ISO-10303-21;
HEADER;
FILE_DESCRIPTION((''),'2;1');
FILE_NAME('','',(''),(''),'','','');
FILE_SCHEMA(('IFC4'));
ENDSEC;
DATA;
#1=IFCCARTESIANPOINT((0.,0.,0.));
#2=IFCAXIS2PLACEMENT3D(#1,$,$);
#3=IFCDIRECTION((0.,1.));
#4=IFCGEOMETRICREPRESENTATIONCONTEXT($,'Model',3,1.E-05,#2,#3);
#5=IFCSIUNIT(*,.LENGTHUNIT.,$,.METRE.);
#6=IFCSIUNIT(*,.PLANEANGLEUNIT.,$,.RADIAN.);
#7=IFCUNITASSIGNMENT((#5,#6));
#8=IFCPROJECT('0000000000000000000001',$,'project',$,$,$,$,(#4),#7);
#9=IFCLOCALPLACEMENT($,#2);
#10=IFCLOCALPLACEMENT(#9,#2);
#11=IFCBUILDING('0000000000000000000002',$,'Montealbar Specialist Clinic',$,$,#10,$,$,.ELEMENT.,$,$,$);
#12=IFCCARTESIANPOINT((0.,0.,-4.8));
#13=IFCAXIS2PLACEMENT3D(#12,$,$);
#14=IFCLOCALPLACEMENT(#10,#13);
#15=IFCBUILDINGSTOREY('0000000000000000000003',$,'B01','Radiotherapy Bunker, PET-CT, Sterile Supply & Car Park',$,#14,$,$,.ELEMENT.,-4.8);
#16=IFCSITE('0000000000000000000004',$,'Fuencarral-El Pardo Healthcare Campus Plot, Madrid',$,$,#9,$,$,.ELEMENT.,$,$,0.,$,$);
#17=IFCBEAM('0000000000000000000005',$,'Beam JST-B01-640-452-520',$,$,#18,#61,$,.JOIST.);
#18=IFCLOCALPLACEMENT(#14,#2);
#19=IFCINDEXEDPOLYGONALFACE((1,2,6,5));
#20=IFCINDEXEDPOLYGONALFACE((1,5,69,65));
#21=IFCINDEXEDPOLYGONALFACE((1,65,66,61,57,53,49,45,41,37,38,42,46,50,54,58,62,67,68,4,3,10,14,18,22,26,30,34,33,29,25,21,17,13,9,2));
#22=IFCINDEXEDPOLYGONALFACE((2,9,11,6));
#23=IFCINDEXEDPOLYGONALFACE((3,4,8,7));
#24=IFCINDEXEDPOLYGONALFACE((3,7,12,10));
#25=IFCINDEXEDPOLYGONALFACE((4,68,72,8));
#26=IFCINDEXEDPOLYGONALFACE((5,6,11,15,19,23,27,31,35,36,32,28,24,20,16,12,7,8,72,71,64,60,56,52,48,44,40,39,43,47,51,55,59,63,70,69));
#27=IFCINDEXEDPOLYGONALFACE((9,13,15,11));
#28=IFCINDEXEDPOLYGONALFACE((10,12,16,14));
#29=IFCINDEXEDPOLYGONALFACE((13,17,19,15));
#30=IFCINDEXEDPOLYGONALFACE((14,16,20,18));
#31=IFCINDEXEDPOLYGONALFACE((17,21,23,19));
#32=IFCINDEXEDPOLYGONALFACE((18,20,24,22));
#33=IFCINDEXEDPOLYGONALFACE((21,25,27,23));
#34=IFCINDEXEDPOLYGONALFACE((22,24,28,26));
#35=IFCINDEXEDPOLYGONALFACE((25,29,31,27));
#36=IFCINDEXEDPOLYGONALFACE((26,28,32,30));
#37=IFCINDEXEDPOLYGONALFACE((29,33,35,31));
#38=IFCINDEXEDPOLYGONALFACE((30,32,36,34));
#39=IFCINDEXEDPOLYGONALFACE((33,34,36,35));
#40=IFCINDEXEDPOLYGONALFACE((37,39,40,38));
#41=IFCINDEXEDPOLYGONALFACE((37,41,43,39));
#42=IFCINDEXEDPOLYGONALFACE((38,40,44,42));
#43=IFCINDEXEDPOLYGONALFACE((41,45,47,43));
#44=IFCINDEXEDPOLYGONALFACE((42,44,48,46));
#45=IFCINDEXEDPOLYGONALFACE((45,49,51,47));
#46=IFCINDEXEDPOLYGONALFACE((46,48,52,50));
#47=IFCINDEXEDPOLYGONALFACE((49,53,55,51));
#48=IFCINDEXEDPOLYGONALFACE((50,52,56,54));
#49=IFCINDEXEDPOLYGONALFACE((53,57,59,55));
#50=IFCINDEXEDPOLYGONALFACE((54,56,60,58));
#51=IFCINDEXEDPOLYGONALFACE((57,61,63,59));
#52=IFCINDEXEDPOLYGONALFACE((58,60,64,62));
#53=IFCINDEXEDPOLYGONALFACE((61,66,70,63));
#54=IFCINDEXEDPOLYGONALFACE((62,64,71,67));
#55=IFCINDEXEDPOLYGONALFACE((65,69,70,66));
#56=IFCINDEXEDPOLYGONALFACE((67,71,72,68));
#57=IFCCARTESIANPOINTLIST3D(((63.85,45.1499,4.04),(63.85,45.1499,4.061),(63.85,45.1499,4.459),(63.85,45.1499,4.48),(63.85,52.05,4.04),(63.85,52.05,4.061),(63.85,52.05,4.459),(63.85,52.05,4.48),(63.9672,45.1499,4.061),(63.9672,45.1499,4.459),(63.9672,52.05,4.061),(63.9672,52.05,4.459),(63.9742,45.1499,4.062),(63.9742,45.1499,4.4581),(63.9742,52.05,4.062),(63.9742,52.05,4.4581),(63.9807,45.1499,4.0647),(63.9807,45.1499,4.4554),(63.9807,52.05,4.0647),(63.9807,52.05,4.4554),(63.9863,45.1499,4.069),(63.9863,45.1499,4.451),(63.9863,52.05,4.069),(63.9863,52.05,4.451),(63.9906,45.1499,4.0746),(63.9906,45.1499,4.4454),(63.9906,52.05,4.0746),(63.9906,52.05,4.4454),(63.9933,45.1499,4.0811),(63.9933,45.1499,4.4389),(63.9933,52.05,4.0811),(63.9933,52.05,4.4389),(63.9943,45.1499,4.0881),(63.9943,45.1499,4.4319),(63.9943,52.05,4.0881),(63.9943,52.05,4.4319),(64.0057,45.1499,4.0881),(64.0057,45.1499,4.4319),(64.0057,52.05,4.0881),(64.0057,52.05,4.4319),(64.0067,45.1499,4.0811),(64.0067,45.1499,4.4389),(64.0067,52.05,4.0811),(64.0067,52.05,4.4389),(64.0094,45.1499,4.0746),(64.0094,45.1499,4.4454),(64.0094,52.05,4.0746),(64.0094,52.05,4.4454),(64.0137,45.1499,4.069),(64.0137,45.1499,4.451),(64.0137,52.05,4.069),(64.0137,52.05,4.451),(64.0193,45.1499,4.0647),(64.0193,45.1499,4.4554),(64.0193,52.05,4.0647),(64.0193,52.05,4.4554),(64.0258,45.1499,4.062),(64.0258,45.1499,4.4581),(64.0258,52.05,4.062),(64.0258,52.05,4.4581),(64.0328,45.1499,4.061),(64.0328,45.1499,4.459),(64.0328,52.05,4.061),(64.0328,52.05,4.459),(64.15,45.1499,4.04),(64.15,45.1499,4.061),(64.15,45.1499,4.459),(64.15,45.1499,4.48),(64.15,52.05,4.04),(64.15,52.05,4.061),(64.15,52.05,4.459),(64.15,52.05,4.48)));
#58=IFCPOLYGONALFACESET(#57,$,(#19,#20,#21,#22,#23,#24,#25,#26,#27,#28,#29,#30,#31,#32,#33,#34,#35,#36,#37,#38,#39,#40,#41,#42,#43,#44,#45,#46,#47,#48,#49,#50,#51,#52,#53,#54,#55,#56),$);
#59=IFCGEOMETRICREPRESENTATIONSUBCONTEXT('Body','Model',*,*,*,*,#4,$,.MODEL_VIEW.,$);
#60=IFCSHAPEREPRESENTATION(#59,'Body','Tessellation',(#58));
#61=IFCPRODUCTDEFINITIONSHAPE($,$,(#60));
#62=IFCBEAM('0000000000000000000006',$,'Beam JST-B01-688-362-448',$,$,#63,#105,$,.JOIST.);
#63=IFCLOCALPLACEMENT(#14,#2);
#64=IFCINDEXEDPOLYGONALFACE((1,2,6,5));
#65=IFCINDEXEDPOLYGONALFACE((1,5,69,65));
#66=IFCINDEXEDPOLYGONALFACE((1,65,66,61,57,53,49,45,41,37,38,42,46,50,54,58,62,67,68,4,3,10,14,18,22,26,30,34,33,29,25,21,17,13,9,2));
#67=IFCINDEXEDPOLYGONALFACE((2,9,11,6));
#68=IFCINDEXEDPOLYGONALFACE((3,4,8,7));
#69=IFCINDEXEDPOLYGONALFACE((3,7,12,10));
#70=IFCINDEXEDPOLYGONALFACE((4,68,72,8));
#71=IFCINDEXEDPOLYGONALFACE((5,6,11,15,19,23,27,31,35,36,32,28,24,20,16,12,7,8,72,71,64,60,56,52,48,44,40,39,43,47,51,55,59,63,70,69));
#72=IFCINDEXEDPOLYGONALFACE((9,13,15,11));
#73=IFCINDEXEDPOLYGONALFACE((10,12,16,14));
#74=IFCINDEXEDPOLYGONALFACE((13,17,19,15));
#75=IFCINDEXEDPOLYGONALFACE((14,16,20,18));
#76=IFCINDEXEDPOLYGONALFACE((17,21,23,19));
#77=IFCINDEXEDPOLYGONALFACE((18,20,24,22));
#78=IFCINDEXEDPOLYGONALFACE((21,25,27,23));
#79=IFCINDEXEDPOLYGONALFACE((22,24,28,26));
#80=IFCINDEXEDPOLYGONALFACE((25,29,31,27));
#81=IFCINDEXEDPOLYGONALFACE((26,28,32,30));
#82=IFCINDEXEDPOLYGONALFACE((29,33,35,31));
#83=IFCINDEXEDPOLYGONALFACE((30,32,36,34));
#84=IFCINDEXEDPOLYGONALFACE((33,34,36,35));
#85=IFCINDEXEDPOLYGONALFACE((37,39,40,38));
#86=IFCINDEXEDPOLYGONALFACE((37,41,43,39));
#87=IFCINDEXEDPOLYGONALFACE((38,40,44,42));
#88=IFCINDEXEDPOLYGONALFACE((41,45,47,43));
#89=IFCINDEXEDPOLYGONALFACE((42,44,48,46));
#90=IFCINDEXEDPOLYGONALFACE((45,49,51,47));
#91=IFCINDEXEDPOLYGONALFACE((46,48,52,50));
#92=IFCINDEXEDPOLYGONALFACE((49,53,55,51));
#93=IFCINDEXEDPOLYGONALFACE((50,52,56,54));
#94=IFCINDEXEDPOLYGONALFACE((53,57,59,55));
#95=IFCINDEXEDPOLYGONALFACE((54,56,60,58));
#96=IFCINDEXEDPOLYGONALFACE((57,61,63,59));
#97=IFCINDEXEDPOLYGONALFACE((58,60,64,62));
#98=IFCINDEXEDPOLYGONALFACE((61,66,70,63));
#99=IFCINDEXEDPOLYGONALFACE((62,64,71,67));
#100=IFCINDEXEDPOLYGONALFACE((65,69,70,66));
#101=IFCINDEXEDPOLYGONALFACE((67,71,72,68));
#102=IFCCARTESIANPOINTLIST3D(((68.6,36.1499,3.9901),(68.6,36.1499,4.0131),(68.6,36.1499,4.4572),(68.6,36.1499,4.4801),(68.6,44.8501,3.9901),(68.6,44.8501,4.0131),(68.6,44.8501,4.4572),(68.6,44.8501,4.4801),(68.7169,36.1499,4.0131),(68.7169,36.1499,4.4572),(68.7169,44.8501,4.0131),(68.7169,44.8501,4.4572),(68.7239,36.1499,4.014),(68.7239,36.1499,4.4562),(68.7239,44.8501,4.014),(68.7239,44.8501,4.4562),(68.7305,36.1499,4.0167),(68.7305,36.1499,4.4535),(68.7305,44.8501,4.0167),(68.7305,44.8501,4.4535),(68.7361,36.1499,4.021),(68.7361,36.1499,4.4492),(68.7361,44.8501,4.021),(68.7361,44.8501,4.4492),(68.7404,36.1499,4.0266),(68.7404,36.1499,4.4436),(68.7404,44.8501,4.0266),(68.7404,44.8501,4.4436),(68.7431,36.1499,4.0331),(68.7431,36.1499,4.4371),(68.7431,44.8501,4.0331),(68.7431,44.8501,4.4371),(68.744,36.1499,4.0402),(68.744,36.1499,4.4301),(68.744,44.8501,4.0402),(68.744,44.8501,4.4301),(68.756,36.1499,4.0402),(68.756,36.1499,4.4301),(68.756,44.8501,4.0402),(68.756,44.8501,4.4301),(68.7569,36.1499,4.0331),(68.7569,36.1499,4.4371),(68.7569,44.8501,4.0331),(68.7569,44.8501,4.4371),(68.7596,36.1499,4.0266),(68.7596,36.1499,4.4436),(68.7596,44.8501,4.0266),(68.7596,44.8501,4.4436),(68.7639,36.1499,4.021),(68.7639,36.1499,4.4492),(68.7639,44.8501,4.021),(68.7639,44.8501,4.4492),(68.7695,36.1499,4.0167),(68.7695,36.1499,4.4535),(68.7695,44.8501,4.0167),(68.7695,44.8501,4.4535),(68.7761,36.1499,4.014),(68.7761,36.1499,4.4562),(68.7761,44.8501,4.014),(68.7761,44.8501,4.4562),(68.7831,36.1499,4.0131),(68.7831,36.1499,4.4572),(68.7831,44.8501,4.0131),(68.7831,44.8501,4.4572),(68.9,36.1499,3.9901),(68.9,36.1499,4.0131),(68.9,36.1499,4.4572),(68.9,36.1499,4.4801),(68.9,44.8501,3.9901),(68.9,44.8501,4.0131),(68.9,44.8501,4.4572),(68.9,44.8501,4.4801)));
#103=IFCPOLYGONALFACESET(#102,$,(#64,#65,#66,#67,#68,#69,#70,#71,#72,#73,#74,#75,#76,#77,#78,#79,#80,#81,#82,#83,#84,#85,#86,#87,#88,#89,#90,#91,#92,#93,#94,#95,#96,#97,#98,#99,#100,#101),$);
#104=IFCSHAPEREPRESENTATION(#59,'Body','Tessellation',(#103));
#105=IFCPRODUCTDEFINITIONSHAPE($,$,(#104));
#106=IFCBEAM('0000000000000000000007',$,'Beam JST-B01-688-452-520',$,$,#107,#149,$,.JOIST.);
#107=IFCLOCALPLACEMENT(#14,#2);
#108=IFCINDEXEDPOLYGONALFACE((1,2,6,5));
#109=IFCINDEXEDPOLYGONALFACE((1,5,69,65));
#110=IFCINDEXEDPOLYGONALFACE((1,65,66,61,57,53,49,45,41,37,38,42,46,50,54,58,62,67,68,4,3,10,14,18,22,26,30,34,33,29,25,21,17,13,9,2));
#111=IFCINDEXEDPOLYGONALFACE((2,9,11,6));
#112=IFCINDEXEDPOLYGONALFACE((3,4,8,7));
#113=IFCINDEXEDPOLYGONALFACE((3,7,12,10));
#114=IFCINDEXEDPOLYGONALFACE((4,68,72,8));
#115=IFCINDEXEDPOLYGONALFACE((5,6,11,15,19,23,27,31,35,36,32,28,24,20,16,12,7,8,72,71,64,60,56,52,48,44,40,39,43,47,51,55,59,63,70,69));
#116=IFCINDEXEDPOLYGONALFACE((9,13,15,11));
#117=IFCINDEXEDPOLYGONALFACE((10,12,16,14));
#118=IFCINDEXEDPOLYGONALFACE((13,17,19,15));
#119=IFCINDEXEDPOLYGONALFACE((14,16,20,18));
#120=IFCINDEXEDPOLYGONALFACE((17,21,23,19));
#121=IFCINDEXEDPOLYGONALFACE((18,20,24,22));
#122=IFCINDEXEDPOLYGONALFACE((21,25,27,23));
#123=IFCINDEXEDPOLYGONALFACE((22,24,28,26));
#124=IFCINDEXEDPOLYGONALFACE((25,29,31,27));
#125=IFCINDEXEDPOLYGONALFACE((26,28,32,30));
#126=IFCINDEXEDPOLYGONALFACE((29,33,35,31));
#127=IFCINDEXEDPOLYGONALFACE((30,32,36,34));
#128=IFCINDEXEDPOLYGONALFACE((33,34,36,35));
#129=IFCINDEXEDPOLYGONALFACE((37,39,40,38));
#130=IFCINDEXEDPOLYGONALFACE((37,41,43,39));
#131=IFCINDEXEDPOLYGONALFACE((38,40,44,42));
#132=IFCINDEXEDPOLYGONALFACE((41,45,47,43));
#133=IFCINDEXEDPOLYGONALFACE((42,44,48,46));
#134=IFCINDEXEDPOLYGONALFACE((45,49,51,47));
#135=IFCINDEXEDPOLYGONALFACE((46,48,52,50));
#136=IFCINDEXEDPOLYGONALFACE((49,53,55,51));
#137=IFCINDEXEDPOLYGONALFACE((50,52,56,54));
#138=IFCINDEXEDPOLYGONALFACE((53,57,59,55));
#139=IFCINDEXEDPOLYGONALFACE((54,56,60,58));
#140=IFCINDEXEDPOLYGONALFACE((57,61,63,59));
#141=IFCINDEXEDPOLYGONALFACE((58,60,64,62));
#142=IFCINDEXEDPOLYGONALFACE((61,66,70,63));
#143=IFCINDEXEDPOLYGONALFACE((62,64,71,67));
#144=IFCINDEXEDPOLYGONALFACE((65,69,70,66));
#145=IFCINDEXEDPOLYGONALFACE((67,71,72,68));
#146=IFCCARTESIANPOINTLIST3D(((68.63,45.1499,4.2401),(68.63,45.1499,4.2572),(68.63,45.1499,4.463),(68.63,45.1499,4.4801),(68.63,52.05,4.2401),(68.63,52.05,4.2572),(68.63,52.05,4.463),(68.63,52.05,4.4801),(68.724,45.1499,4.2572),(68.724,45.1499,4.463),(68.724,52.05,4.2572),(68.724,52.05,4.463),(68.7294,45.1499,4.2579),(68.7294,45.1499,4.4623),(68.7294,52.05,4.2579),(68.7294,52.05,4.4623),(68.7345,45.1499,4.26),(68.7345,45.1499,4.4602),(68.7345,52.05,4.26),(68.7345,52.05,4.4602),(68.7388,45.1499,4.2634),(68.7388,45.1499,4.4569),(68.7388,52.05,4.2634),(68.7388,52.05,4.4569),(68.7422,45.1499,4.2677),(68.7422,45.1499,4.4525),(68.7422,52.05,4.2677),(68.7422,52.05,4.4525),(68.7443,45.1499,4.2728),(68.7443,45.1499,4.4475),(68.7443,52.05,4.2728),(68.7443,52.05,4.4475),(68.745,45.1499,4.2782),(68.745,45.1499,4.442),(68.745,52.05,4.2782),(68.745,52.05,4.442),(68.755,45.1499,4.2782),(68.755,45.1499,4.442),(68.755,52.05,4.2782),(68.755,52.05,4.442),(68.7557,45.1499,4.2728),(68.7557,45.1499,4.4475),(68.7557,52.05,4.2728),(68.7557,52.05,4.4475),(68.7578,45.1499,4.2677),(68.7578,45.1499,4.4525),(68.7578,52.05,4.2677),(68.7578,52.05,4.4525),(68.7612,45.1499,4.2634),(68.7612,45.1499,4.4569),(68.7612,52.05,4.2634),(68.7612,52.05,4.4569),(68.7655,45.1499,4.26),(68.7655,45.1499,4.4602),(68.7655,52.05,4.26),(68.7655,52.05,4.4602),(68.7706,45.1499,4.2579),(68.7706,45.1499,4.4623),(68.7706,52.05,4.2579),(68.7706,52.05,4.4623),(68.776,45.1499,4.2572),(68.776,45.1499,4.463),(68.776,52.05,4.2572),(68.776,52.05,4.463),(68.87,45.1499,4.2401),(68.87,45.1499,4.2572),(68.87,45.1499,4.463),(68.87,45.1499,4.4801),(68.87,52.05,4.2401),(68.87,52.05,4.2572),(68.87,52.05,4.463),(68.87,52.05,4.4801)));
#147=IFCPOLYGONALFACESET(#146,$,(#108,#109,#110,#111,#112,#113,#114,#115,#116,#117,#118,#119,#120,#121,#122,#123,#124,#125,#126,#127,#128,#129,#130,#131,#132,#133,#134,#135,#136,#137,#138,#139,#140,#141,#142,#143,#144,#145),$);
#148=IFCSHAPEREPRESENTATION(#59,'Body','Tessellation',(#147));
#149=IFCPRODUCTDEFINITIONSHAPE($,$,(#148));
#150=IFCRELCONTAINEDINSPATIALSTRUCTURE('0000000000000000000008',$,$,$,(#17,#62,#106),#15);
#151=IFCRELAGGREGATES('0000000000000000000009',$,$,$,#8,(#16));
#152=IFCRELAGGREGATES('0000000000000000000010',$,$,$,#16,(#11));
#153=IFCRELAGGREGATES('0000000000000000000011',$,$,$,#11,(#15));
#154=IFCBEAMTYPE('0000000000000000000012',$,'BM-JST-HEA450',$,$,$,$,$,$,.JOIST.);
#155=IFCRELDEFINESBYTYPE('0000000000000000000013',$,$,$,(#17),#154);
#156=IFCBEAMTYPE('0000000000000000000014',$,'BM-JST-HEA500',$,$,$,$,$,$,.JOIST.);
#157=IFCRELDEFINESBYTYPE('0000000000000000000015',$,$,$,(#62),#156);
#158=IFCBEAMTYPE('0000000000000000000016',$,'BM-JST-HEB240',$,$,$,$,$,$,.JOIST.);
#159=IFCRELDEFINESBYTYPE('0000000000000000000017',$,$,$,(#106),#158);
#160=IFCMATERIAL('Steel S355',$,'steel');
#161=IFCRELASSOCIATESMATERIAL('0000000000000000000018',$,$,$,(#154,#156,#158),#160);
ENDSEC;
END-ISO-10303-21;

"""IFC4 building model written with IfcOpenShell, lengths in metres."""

from ifc_helpers import new_model, si_unit, direction, frame, origin, origin_2d, place, context, subcontext, project, spatial, i_section, extrude, material, material_profile, profile_set, type_object, element, save


model = new_model("IFC4")

# Units and contexts
model_context = context("Model", 3, precision=1e-05, world=origin(), true_north=direction((0.0, 1.0)))
body_context = subcontext(model_context, "Body", "Model", "MODEL_VIEW")
ifc_project = project(units=[si_unit("LENGTHUNIT", "METRE"), si_unit("PLANEANGLEUNIT", "RADIAN")], contexts=[model_context])

# Site, building, storey
site_placement = place(None, origin())
site = spatial("IfcSite", under=ifc_project, at=site_placement, Name="Fuencarral-El Pardo Healthcare Campus Plot, Madrid", CompositionType="ELEMENT", RefElevation=0.0)
building_placement = place(site_placement, origin())
building = spatial("IfcBuilding", under=site, at=building_placement, Name="Montealbar Specialist Clinic", CompositionType="ELEMENT")
storey_placement = place(building_placement, frame((0.0, 0.0, -4.8)))
storey = spatial("IfcBuildingStorey", under=building, at=storey_placement, Name="B01", Description="Radiotherapy Bunker, PET-CT, Sterile Supply & Car Park", CompositionType="ELEMENT", Elevation=-4.8)

# Shared definitions
ifc_material_1 = material(Name="Steel S355", Category="steel")

# Beams
ifc_material_profile_1 = material_profile(ifc_material_1, i_section(OverallWidth=0.3, OverallDepth=0.4399, WebThickness=0.0115, FlangeThickness=0.021, FilletRadius=0.0271, at=origin_2d()), Name="HEA 450", Category="steel")
ifc_profile_set_1 = profile_set([ifc_material_profile_1], Name="Steel S355")
beam_type_1 = type_object("IfcBeamType", Name="BM-JST-HEA450", PredefinedType="JOIST", material=ifc_profile_set_1)
beam_1_placement = place(storey_placement, frame((64.0, 45.1499, 4.26), z_axis=(0.0, 1.0, 0.0), x_axis=(-1.0, 0.0, 0.0)))
element("IfcBeam", 1, at=beam_1_placement, inside=storey, type_object=beam_type_1, Name="Beam JST-B01-640-452-520", PredefinedType="JOIST", context=body_context, shape_type="SweptSolid", body=[
    extrude(i_section(OverallWidth=0.3, OverallDepth=0.4399, WebThickness=0.0115, FlangeThickness=0.021, FilletRadius=0.0271, at=origin_2d()), origin(), (0.0, 0.0, 1.0), 6.9001),
])
ifc_material_profile_2 = material_profile(ifc_material_1, i_section(OverallWidth=0.3, OverallDepth=0.49, WebThickness=0.012, FlangeThickness=0.0229, FilletRadius=0.0271, at=origin_2d()), Name="HEA 500", Category="steel")
ifc_profile_set_2 = profile_set([ifc_material_profile_2], Name="Steel S355")
beam_type_2 = type_object("IfcBeamType", Name="BM-JST-HEA500", PredefinedType="JOIST", material=ifc_profile_set_2)
beam_2_placement = place(storey_placement, frame((68.75, 36.1499, 4.2351), z_axis=(0.0, 1.0, 0.0), x_axis=(-1.0, 0.0, 0.0)))
element("IfcBeam", 2, at=beam_2_placement, inside=storey, type_object=beam_type_2, Name="Beam JST-B01-688-362-448", PredefinedType="JOIST", context=body_context, shape_type="SweptSolid", body=[
    extrude(i_section(OverallWidth=0.3, OverallDepth=0.49, WebThickness=0.012, FlangeThickness=0.0229, FilletRadius=0.0271, at=origin_2d()), origin(), (0.0, 0.0, 1.0), 8.7002),
])
ifc_material_profile_3 = material_profile(ifc_material_1, i_section(OverallWidth=0.24, OverallDepth=0.24, WebThickness=0.01, FlangeThickness=0.0171, FilletRadius=0.021, at=origin_2d()), Name="HEB 240", Category="steel")
ifc_profile_set_3 = profile_set([ifc_material_profile_3], Name="Steel S355")
beam_type_3 = type_object("IfcBeamType", Name="BM-JST-HEB240", PredefinedType="JOIST", material=ifc_profile_set_3)
beam_3_placement = place(storey_placement, frame((68.75, 45.1499, 4.3601), z_axis=(0.0, 1.0, 0.0), x_axis=(-1.0, 0.0, 0.0)))
element("IfcBeam", 3, at=beam_3_placement, inside=storey, type_object=beam_type_3, Name="Beam JST-B01-688-452-520", PredefinedType="JOIST", context=body_context, shape_type="SweptSolid", body=[
    extrude(i_section(OverallWidth=0.24, OverallDepth=0.24, WebThickness=0.01, FlangeThickness=0.0171, FilletRadius=0.021, at=origin_2d()), origin(), (0.0, 0.0, 1.0), 6.9001),
])

save(model, "model.ifc")
